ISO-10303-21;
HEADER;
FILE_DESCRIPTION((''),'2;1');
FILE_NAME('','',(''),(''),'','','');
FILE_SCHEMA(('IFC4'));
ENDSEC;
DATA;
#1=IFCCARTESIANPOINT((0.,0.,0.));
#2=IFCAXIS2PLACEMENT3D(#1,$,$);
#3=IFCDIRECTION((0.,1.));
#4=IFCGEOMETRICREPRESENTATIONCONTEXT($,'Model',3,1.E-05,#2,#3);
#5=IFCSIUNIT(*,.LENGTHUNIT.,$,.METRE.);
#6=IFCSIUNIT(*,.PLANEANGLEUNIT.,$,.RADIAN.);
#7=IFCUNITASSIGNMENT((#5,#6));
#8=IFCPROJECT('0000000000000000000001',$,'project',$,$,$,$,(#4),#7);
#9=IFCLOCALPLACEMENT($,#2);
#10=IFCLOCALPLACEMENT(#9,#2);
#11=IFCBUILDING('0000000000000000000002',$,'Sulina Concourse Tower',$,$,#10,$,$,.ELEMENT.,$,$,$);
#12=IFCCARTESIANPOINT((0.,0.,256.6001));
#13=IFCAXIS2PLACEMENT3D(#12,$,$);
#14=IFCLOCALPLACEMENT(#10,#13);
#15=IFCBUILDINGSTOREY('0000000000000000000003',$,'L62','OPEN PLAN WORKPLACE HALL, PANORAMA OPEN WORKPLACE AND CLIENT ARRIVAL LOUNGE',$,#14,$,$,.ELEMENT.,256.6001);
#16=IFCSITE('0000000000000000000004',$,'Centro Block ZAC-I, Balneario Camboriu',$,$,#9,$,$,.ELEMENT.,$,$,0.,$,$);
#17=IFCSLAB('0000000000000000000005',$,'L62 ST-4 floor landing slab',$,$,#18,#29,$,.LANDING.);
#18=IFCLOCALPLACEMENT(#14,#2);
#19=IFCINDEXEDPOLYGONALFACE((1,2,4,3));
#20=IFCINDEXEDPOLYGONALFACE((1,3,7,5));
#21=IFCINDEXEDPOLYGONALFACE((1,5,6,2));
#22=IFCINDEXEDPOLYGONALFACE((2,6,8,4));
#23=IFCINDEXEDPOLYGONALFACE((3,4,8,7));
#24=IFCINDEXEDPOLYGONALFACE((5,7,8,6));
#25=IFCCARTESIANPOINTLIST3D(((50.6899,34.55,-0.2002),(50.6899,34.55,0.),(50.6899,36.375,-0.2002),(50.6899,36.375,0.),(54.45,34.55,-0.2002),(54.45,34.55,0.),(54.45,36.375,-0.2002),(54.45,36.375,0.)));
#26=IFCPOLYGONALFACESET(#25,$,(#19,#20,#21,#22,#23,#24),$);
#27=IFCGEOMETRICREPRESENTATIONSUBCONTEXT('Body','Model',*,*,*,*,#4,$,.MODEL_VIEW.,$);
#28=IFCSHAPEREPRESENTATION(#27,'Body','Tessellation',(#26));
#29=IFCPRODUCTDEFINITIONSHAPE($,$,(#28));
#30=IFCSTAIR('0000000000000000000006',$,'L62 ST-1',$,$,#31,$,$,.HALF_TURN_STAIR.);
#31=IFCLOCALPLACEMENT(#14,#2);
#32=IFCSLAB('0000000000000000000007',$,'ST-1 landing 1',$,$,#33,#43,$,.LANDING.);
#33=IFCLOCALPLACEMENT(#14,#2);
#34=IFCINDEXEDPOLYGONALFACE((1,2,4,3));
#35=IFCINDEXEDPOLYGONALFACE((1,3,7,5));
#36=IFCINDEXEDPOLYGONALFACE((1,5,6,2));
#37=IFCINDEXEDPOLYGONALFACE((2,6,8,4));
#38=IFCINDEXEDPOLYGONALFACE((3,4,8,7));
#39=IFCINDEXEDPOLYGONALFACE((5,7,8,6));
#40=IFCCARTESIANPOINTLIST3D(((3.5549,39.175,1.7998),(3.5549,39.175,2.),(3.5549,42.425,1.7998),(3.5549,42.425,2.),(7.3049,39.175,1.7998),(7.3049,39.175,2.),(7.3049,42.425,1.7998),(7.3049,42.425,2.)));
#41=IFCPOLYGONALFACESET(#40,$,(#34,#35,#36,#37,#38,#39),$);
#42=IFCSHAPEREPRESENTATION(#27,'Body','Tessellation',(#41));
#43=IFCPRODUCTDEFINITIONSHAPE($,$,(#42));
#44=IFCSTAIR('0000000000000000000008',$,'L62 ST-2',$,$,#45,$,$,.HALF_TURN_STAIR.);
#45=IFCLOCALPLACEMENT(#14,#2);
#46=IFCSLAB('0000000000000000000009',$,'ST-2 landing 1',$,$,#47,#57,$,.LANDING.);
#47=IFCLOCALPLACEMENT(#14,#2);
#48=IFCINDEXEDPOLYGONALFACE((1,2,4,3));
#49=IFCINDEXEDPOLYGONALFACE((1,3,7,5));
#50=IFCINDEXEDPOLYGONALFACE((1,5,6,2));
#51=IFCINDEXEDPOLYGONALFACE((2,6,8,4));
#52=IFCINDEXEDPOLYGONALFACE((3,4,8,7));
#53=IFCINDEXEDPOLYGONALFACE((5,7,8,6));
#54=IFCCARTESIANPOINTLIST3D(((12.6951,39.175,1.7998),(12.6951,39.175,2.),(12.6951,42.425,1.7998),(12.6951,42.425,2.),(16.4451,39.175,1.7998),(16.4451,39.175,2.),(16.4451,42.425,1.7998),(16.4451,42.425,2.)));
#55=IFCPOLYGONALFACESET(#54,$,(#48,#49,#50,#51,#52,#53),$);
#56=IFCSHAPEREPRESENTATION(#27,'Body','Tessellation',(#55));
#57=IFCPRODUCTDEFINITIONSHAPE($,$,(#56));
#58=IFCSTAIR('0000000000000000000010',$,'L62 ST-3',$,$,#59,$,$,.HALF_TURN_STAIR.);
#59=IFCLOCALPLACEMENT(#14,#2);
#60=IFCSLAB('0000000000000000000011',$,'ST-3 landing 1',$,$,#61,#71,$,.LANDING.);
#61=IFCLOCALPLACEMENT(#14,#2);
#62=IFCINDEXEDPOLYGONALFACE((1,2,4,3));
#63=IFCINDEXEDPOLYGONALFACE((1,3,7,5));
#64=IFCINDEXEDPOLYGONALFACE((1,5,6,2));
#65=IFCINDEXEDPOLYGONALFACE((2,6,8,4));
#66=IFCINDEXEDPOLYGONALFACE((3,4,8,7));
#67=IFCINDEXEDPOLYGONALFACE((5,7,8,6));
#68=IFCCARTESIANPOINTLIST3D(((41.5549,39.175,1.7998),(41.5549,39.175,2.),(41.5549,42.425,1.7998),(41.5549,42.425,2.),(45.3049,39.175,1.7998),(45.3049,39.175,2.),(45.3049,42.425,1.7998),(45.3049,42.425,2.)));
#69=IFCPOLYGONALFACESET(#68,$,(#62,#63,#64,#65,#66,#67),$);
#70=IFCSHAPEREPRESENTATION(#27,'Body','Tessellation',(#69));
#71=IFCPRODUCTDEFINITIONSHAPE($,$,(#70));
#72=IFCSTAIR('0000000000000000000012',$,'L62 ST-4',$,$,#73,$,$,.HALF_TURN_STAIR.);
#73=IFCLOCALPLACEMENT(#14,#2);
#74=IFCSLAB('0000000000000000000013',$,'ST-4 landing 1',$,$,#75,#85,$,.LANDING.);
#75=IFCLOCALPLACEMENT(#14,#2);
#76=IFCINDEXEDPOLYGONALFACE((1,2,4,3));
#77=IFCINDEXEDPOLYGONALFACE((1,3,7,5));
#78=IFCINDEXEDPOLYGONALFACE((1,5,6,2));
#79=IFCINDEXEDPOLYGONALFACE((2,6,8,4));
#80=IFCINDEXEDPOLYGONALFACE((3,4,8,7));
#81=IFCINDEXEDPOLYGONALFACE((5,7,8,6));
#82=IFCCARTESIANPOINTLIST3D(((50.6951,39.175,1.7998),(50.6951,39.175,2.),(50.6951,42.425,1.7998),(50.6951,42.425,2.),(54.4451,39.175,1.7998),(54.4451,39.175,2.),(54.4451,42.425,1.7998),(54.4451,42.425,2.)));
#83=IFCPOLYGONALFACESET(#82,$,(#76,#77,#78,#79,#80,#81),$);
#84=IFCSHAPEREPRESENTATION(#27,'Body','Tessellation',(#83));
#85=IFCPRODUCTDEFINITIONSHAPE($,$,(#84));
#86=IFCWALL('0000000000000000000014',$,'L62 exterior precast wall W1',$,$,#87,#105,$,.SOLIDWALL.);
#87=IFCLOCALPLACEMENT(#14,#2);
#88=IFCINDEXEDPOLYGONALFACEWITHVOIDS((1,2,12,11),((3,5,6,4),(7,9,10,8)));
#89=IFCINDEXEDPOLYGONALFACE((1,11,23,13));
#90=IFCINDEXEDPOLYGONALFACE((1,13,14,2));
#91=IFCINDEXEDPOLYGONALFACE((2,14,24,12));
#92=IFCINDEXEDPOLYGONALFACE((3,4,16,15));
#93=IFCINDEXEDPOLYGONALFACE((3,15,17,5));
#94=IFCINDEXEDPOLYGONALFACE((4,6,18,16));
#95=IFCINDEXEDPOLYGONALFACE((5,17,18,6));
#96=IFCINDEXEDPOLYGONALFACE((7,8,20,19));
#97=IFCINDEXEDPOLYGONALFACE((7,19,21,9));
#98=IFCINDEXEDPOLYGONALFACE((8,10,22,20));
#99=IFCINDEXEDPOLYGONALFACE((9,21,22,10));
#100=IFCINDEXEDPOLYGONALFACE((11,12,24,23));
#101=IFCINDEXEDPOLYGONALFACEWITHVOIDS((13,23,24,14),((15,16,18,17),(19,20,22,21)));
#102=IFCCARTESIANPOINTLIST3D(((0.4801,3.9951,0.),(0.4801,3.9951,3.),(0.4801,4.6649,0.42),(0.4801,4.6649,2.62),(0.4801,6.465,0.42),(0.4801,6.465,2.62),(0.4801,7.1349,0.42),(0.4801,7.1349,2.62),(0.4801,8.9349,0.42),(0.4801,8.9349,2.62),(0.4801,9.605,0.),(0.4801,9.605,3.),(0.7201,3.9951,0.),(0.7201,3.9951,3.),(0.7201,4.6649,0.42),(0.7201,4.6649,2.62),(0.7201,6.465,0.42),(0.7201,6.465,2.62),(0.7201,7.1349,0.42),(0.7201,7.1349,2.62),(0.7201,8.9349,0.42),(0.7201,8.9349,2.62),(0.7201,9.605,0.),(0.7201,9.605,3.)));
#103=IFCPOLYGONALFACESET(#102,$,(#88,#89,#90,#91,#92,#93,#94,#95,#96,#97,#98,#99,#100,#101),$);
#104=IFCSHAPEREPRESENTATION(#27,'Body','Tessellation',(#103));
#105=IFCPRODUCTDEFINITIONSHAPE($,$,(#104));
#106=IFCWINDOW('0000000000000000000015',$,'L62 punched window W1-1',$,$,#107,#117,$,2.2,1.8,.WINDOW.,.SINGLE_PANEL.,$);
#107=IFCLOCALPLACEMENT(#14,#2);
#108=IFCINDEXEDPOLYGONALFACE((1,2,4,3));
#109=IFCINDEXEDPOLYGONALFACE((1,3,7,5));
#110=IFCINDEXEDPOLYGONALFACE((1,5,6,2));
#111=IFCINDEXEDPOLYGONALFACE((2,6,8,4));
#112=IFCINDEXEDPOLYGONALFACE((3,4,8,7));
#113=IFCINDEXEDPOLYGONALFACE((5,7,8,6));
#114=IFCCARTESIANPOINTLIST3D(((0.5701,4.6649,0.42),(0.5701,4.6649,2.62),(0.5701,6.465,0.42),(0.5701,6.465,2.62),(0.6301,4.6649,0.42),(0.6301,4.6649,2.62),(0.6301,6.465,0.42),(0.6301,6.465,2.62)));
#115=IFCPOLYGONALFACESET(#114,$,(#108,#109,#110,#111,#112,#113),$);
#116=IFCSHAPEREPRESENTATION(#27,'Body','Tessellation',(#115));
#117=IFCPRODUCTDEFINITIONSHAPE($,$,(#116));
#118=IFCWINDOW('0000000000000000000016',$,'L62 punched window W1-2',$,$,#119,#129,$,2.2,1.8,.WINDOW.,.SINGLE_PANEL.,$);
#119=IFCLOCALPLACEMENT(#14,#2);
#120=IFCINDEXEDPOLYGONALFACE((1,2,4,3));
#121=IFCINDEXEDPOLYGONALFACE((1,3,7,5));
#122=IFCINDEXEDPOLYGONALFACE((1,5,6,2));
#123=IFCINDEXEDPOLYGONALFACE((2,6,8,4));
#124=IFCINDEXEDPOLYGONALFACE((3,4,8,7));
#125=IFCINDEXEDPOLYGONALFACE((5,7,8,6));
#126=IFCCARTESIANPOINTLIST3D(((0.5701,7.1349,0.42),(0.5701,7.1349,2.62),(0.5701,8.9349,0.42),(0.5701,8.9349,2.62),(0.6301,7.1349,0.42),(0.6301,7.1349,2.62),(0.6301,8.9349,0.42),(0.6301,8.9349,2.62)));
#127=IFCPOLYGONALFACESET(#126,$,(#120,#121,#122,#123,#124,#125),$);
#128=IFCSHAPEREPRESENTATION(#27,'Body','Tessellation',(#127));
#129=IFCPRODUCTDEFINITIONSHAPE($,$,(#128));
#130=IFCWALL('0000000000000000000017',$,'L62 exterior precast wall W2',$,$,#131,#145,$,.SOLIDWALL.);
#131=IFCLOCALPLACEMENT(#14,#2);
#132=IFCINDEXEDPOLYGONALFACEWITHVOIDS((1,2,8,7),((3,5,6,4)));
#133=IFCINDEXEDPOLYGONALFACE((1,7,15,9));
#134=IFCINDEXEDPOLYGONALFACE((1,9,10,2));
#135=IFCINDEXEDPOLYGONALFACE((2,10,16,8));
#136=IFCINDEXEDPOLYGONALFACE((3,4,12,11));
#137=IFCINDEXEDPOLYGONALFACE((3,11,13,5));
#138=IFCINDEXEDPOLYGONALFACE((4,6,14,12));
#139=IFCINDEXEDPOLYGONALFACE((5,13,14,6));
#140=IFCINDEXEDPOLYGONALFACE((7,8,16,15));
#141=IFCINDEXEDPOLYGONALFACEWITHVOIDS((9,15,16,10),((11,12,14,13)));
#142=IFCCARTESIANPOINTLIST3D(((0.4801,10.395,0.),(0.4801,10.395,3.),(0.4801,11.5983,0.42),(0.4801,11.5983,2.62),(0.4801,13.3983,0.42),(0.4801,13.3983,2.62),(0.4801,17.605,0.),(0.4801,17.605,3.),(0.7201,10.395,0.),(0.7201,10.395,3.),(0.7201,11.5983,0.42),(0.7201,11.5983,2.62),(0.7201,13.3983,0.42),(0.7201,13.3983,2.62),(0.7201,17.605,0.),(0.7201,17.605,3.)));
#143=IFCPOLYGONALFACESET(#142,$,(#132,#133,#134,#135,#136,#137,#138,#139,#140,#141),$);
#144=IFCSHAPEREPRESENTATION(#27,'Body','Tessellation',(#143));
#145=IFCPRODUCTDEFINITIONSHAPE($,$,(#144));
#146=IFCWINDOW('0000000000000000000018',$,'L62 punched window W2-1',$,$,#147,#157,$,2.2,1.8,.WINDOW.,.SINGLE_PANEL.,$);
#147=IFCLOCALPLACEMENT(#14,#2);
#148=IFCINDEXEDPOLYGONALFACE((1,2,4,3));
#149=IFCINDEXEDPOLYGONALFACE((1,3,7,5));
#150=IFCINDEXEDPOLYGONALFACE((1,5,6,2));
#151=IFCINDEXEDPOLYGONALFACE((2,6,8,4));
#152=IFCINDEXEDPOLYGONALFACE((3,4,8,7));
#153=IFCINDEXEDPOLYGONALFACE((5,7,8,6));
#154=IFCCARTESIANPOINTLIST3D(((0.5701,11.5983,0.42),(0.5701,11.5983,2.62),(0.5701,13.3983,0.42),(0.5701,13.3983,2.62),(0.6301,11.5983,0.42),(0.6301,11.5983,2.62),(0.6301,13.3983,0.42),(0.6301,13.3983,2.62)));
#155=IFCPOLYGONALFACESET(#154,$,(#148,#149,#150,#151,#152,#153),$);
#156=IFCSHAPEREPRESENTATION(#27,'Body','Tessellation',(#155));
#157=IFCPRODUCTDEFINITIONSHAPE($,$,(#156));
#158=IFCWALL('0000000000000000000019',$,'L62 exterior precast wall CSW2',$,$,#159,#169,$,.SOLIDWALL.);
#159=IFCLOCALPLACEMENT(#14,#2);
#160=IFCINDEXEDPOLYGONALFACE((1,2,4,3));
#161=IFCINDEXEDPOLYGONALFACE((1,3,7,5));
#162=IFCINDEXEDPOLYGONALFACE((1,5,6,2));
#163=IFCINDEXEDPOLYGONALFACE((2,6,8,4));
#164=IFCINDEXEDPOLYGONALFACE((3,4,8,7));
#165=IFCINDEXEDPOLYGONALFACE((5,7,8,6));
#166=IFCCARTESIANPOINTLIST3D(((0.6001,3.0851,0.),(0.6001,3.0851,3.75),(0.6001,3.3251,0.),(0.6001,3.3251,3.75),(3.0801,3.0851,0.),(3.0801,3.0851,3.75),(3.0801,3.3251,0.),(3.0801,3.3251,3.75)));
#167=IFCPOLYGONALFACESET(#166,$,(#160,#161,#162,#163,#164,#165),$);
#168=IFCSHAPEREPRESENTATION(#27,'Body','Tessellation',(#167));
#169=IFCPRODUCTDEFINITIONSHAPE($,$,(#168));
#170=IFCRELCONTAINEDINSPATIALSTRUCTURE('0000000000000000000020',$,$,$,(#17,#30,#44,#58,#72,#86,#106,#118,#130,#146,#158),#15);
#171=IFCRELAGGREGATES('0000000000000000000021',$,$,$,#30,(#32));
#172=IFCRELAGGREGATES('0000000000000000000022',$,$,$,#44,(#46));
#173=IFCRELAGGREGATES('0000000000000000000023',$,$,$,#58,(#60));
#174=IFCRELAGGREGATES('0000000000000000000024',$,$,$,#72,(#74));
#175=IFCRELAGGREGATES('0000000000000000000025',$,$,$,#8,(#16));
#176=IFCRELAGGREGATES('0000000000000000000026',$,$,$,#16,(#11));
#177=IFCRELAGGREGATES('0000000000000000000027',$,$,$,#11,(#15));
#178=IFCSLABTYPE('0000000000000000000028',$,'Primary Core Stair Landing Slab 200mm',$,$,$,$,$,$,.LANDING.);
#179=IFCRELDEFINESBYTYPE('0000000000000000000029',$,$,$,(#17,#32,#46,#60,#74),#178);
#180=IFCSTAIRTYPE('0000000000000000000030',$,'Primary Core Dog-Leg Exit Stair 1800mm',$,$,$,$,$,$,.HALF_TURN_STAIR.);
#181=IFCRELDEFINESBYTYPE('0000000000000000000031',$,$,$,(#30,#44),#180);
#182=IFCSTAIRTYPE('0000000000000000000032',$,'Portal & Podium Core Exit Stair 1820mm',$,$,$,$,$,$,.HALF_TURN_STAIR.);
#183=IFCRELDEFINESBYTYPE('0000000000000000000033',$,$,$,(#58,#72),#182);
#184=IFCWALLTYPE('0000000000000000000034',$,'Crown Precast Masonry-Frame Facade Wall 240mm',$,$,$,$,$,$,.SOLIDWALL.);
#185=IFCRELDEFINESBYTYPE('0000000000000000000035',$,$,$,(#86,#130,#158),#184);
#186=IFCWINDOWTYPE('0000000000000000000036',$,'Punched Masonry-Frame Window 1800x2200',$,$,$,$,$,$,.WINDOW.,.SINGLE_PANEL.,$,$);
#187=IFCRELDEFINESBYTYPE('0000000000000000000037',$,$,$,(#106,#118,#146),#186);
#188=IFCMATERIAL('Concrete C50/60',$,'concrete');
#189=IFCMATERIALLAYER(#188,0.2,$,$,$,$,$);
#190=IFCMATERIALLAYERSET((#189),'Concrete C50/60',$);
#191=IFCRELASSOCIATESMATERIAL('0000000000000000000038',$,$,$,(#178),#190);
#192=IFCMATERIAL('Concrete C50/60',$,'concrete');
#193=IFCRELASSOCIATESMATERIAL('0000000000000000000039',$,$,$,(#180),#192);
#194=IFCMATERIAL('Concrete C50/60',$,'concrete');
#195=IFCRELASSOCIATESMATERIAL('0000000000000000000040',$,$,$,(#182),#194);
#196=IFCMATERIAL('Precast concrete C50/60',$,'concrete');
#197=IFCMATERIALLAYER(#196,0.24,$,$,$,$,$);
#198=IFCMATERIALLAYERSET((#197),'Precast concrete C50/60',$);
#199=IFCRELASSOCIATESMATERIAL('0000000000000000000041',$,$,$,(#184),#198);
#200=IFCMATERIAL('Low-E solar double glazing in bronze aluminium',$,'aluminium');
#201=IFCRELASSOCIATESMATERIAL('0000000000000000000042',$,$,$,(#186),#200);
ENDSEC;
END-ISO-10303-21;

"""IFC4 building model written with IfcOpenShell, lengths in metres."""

from ifc_helpers import new_model, si_unit, direction, frame, frame_2d, origin, place, context, subcontext, project, spatial, polyline, rectangle, outline, extrude, material, layer, layer_set, type_object, element, fill, aggregate, save


model = new_model("IFC4")

# Units and contexts
model_context = context("Model", 3, precision=1e-05, world=origin(), true_north=direction((0.0, 1.0)))
body_context = subcontext(model_context, "Body", "Model", "MODEL_VIEW")
ifc_project = project(units=[si_unit("LENGTHUNIT", "METRE"), si_unit("PLANEANGLEUNIT", "RADIAN")], contexts=[model_context])

# Site, building, storey
site_placement = place(None, origin())
site = spatial("IfcSite", under=ifc_project, at=site_placement, Name="Centro Block ZAC-I, Balneario Camboriu", CompositionType="ELEMENT", RefElevation=0.0)
building_placement = place(site_placement, origin())
building = spatial("IfcBuilding", under=site, at=building_placement, Name="Sulina Concourse Tower", CompositionType="ELEMENT")
storey_placement = place(building_placement, frame((0.0, 0.0, 256.6001)))
storey = spatial("IfcBuildingStorey", under=building, at=storey_placement, Name="L62", Description="OPEN PLAN WORKPLACE HALL, PANORAMA OPEN WORKPLACE AND CLIENT ARRIVAL LOUNGE", CompositionType="ELEMENT", Elevation=256.6001)

# Slab
ifc_material_1 = material(Name="Concrete C50/60", Category="concrete")
ifc_layer_1 = layer(ifc_material_1, 0.2)
ifc_layer_set_1 = layer_set([ifc_layer_1], Name="Concrete C50/60")
slab_type_1 = type_object("IfcSlabType", Name="Primary Core Stair Landing Slab 200mm", PredefinedType="LANDING", material=ifc_layer_set_1)
slab_1_placement = place(storey_placement, frame((0.0, 0.0, -0.2002)))
element("IfcSlab", 1, at=slab_1_placement, inside=storey, type_object=slab_type_1, Name="L62 ST-4 floor landing slab", PredefinedType="LANDING", context=body_context, shape_type="SweptSolid", body=[
    extrude(outline(polyline([(54.45, 34.55), (54.45, 36.375), (50.6899, 36.375), (50.6899, 34.55), (54.45, 34.55)])), origin(), (0.0, 0.0, 1.0), 0.2002),
])

# Stairs, slabs
ifc_material_2 = material(Name="Concrete C50/60", Category="concrete")
stair_type_1 = type_object("IfcStairType", Name="Primary Core Dog-Leg Exit Stair 1800mm", PredefinedType="HALF_TURN_STAIR", material=ifc_material_2)
stair_1_placement = place(storey_placement, origin())
stair_1 = element("IfcStair", 2, at=stair_1_placement, inside=storey, type_object=stair_type_1, Name="L62 ST-1", PredefinedType="HALF_TURN_STAIR")
slab_2_placement = place(storey_placement, frame((0.0, 0.0, 1.7998)))
slab_2 = element("IfcSlab", 3, at=slab_2_placement, type_object=slab_type_1, Name="ST-1 landing 1", PredefinedType="LANDING", context=body_context, shape_type="SweptSolid", body=[
    extrude(outline(polyline([(7.3049, 39.175), (7.3049, 42.425), (3.5549, 42.425), (3.5549, 39.175), (7.3049, 39.175)])), origin(), (0.0, 0.0, 1.0), 0.2002),
])
aggregate(stair_1, [slab_2])
stair_2_placement = place(storey_placement, origin())
stair_2 = element("IfcStair", 4, at=stair_2_placement, inside=storey, type_object=stair_type_1, Name="L62 ST-2", PredefinedType="HALF_TURN_STAIR")
slab_3_placement = place(storey_placement, frame((0.0, 0.0, 1.7998)))
slab_3 = element("IfcSlab", 5, at=slab_3_placement, type_object=slab_type_1, Name="ST-2 landing 1", PredefinedType="LANDING", context=body_context, shape_type="SweptSolid", body=[
    extrude(outline(polyline([(16.4451, 39.175), (16.4451, 42.425), (12.6951, 42.425), (12.6951, 39.175), (16.4451, 39.175)])), origin(), (0.0, 0.0, 1.0), 0.2002),
])
aggregate(stair_2, [slab_3])
ifc_material_3 = material(Name="Concrete C50/60", Category="concrete")
stair_type_2 = type_object("IfcStairType", Name="Portal & Podium Core Exit Stair 1820mm", PredefinedType="HALF_TURN_STAIR", material=ifc_material_3)
stair_3_placement = place(storey_placement, origin())
stair_3 = element("IfcStair", 6, at=stair_3_placement, inside=storey, type_object=stair_type_2, Name="L62 ST-3", PredefinedType="HALF_TURN_STAIR")
slab_4_placement = place(storey_placement, frame((0.0, 0.0, 1.7998)))
slab_4 = element("IfcSlab", 7, at=slab_4_placement, type_object=slab_type_1, Name="ST-3 landing 1", PredefinedType="LANDING", context=body_context, shape_type="SweptSolid", body=[
    extrude(outline(polyline([(45.3049, 39.175), (45.3049, 42.425), (41.5549, 42.425), (41.5549, 39.175), (45.3049, 39.175)])), origin(), (0.0, 0.0, 1.0), 0.2002),
])
aggregate(stair_3, [slab_4])
stair_4_placement = place(storey_placement, origin())
stair_4 = element("IfcStair", 8, at=stair_4_placement, inside=storey, type_object=stair_type_2, Name="L62 ST-4", PredefinedType="HALF_TURN_STAIR")
slab_5_placement = place(storey_placement, frame((0.0, 0.0, 1.7998)))
slab_5 = element("IfcSlab", 9, at=slab_5_placement, type_object=slab_type_1, Name="ST-4 landing 1", PredefinedType="LANDING", context=body_context, shape_type="SweptSolid", body=[
    extrude(outline(polyline([(54.4451, 39.175), (54.4451, 42.425), (50.6951, 42.425), (50.6951, 39.175), (54.4451, 39.175)])), origin(), (0.0, 0.0, 1.0), 0.2002),
])
aggregate(stair_4, [slab_5])

# Wall, openings, windows
ifc_material_4 = material(Name="Precast concrete C50/60", Category="concrete")
ifc_layer_2 = layer(ifc_material_4, 0.24)
ifc_layer_set_2 = layer_set([ifc_layer_2], Name="Precast concrete C50/60")
wall_type = type_object("IfcWallType", Name="Crown Precast Masonry-Frame Facade Wall 240mm", PredefinedType="SOLIDWALL", material=ifc_layer_set_2)
wall_1_placement = place(storey_placement, frame((0.6001, 3.9951, 0.0), z_axis=(0.0, 0.0, 1.0), x_axis=(0.0, 1.0, 0.0)))
wall_1 = element("IfcWall", 10, at=wall_1_placement, inside=storey, type_object=wall_type, Name="L62 exterior precast wall W1", PredefinedType="SOLIDWALL", context=body_context, shape_type="SweptSolid", body=[
    extrude(rectangle(XDim=5.6099, YDim=0.24, at=frame_2d((2.8049, 0.0))), origin(), (0.0, 0.0, 1.0), 3.0),
])
opening_1_placement = place(wall_1_placement, frame((0.6699, 0.0, 0.4199)))
opening_1 = element("IfcOpeningElement", 11, at=opening_1_placement, cuts=wall_1, PredefinedType="OPENING", context=body_context, shape_type="SweptSolid", body=[
    extrude(rectangle(XDim=1.8, YDim=2.2, at=frame_2d((0.8999, 1.1001))), frame((0.0, 0.1299, 0.0), z_axis=(0.0, -1.0, 0.0), x_axis=(1.0, 0.0, 0.0)), (0.0, 0.0, 1.0), 0.26),
])
opening_2_placement = place(wall_1_placement, frame((3.1399, 0.0, 0.4199)))
opening_2 = element("IfcOpeningElement", 12, at=opening_2_placement, cuts=wall_1, PredefinedType="OPENING", context=body_context, shape_type="SweptSolid", body=[
    extrude(rectangle(XDim=1.8, YDim=2.2, at=frame_2d((0.8999, 1.1001))), frame((0.0, 0.1299, 0.0), z_axis=(0.0, -1.0, 0.0), x_axis=(1.0, 0.0, 0.0)), (0.0, 0.0, 1.0), 0.26),
])
ifc_material_5 = material(Name="Low-E solar double glazing in bronze aluminium", Category="aluminium")
window_type = type_object("IfcWindowType", Name="Punched Masonry-Frame Window 1800x2200", PartitioningType="SINGLE_PANEL", PredefinedType="WINDOW", material=ifc_material_5)
window_1_placement = place(opening_1_placement, origin())
window_1 = element("IfcWindow", 13, at=window_1_placement, inside=storey, type_object=window_type, Name="L62 punched window W1-1", OverallHeight=2.2, OverallWidth=1.8, PartitioningType="SINGLE_PANEL", PredefinedType="WINDOW", context=body_context, shape_type="SweptSolid", body=[
    extrude(rectangle(XDim=1.8, YDim=2.2, at=frame_2d((0.8999, 1.1001))), frame((0.0, 0.03, 0.0), z_axis=(0.0, -1.0, 0.0), x_axis=(1.0, 0.0, 0.0)), (0.0, 0.0, 1.0), 0.0601),
])
fill(opening_1, window_1)
window_2_placement = place(opening_2_placement, origin())
window_2 = element("IfcWindow", 14, at=window_2_placement, inside=storey, type_object=window_type, Name="L62 punched window W1-2", OverallHeight=2.2, OverallWidth=1.8, PartitioningType="SINGLE_PANEL", PredefinedType="WINDOW", context=body_context, shape_type="SweptSolid", body=[
    extrude(rectangle(XDim=1.8, YDim=2.2, at=frame_2d((0.8999, 1.1001))), frame((0.0, 0.03, 0.0), z_axis=(0.0, -1.0, 0.0), x_axis=(1.0, 0.0, 0.0)), (0.0, 0.0, 1.0), 0.0601),
])
fill(opening_2, window_2)

# Wall, opening, window
wall_2_placement = place(storey_placement, frame((0.6001, 10.395, 0.0), z_axis=(0.0, 0.0, 1.0), x_axis=(0.0, 1.0, 0.0)))
wall_2 = element("IfcWall", 15, at=wall_2_placement, inside=storey, type_object=wall_type, Name="L62 exterior precast wall W2", PredefinedType="SOLIDWALL", context=body_context, shape_type="SweptSolid", body=[
    extrude(rectangle(XDim=7.21, YDim=0.24, at=frame_2d((3.605, 0.0))), origin(), (0.0, 0.0, 1.0), 3.0),
])
opening_3_placement = place(wall_2_placement, frame((1.2034, 0.0, 0.4199)))
opening_3 = element("IfcOpeningElement", 16, at=opening_3_placement, cuts=wall_2, PredefinedType="OPENING", context=body_context, shape_type="SweptSolid", body=[
    extrude(rectangle(XDim=1.8, YDim=2.2, at=frame_2d((0.8999, 1.1001))), frame((0.0, 0.1299, 0.0), z_axis=(0.0, -1.0, 0.0), x_axis=(1.0, 0.0, 0.0)), (0.0, 0.0, 1.0), 0.26),
])
window_3_placement = place(opening_3_placement, origin())
window_3 = element("IfcWindow", 17, at=window_3_placement, inside=storey, type_object=window_type, Name="L62 punched window W2-1", OverallHeight=2.2, OverallWidth=1.8, PartitioningType="SINGLE_PANEL", PredefinedType="WINDOW", context=body_context, shape_type="SweptSolid", body=[
    extrude(rectangle(XDim=1.8, YDim=2.2, at=frame_2d((0.8999, 1.1001))), frame((0.0, 0.03, 0.0), z_axis=(0.0, -1.0, 0.0), x_axis=(1.0, 0.0, 0.0)), (0.0, 0.0, 1.0), 0.0601),
])
fill(opening_3, window_3)

# Wall
wall_3_placement = place(storey_placement, frame((3.0801, 3.2051, 0.0), z_axis=(0.0, 0.0, 1.0), x_axis=(-1.0, 0.0, 0.0)))
element("IfcWall", 18, at=wall_3_placement, inside=storey, type_object=wall_type, Name="L62 exterior precast wall CSW2", PredefinedType="SOLIDWALL", context=body_context, shape_type="SweptSolid", body=[
    extrude(rectangle(XDim=2.48, YDim=0.24, at=frame_2d((1.24, 0.0))), origin(), (0.0, 0.0, 1.0), 3.75),
])

save(model, "model.ifc")
